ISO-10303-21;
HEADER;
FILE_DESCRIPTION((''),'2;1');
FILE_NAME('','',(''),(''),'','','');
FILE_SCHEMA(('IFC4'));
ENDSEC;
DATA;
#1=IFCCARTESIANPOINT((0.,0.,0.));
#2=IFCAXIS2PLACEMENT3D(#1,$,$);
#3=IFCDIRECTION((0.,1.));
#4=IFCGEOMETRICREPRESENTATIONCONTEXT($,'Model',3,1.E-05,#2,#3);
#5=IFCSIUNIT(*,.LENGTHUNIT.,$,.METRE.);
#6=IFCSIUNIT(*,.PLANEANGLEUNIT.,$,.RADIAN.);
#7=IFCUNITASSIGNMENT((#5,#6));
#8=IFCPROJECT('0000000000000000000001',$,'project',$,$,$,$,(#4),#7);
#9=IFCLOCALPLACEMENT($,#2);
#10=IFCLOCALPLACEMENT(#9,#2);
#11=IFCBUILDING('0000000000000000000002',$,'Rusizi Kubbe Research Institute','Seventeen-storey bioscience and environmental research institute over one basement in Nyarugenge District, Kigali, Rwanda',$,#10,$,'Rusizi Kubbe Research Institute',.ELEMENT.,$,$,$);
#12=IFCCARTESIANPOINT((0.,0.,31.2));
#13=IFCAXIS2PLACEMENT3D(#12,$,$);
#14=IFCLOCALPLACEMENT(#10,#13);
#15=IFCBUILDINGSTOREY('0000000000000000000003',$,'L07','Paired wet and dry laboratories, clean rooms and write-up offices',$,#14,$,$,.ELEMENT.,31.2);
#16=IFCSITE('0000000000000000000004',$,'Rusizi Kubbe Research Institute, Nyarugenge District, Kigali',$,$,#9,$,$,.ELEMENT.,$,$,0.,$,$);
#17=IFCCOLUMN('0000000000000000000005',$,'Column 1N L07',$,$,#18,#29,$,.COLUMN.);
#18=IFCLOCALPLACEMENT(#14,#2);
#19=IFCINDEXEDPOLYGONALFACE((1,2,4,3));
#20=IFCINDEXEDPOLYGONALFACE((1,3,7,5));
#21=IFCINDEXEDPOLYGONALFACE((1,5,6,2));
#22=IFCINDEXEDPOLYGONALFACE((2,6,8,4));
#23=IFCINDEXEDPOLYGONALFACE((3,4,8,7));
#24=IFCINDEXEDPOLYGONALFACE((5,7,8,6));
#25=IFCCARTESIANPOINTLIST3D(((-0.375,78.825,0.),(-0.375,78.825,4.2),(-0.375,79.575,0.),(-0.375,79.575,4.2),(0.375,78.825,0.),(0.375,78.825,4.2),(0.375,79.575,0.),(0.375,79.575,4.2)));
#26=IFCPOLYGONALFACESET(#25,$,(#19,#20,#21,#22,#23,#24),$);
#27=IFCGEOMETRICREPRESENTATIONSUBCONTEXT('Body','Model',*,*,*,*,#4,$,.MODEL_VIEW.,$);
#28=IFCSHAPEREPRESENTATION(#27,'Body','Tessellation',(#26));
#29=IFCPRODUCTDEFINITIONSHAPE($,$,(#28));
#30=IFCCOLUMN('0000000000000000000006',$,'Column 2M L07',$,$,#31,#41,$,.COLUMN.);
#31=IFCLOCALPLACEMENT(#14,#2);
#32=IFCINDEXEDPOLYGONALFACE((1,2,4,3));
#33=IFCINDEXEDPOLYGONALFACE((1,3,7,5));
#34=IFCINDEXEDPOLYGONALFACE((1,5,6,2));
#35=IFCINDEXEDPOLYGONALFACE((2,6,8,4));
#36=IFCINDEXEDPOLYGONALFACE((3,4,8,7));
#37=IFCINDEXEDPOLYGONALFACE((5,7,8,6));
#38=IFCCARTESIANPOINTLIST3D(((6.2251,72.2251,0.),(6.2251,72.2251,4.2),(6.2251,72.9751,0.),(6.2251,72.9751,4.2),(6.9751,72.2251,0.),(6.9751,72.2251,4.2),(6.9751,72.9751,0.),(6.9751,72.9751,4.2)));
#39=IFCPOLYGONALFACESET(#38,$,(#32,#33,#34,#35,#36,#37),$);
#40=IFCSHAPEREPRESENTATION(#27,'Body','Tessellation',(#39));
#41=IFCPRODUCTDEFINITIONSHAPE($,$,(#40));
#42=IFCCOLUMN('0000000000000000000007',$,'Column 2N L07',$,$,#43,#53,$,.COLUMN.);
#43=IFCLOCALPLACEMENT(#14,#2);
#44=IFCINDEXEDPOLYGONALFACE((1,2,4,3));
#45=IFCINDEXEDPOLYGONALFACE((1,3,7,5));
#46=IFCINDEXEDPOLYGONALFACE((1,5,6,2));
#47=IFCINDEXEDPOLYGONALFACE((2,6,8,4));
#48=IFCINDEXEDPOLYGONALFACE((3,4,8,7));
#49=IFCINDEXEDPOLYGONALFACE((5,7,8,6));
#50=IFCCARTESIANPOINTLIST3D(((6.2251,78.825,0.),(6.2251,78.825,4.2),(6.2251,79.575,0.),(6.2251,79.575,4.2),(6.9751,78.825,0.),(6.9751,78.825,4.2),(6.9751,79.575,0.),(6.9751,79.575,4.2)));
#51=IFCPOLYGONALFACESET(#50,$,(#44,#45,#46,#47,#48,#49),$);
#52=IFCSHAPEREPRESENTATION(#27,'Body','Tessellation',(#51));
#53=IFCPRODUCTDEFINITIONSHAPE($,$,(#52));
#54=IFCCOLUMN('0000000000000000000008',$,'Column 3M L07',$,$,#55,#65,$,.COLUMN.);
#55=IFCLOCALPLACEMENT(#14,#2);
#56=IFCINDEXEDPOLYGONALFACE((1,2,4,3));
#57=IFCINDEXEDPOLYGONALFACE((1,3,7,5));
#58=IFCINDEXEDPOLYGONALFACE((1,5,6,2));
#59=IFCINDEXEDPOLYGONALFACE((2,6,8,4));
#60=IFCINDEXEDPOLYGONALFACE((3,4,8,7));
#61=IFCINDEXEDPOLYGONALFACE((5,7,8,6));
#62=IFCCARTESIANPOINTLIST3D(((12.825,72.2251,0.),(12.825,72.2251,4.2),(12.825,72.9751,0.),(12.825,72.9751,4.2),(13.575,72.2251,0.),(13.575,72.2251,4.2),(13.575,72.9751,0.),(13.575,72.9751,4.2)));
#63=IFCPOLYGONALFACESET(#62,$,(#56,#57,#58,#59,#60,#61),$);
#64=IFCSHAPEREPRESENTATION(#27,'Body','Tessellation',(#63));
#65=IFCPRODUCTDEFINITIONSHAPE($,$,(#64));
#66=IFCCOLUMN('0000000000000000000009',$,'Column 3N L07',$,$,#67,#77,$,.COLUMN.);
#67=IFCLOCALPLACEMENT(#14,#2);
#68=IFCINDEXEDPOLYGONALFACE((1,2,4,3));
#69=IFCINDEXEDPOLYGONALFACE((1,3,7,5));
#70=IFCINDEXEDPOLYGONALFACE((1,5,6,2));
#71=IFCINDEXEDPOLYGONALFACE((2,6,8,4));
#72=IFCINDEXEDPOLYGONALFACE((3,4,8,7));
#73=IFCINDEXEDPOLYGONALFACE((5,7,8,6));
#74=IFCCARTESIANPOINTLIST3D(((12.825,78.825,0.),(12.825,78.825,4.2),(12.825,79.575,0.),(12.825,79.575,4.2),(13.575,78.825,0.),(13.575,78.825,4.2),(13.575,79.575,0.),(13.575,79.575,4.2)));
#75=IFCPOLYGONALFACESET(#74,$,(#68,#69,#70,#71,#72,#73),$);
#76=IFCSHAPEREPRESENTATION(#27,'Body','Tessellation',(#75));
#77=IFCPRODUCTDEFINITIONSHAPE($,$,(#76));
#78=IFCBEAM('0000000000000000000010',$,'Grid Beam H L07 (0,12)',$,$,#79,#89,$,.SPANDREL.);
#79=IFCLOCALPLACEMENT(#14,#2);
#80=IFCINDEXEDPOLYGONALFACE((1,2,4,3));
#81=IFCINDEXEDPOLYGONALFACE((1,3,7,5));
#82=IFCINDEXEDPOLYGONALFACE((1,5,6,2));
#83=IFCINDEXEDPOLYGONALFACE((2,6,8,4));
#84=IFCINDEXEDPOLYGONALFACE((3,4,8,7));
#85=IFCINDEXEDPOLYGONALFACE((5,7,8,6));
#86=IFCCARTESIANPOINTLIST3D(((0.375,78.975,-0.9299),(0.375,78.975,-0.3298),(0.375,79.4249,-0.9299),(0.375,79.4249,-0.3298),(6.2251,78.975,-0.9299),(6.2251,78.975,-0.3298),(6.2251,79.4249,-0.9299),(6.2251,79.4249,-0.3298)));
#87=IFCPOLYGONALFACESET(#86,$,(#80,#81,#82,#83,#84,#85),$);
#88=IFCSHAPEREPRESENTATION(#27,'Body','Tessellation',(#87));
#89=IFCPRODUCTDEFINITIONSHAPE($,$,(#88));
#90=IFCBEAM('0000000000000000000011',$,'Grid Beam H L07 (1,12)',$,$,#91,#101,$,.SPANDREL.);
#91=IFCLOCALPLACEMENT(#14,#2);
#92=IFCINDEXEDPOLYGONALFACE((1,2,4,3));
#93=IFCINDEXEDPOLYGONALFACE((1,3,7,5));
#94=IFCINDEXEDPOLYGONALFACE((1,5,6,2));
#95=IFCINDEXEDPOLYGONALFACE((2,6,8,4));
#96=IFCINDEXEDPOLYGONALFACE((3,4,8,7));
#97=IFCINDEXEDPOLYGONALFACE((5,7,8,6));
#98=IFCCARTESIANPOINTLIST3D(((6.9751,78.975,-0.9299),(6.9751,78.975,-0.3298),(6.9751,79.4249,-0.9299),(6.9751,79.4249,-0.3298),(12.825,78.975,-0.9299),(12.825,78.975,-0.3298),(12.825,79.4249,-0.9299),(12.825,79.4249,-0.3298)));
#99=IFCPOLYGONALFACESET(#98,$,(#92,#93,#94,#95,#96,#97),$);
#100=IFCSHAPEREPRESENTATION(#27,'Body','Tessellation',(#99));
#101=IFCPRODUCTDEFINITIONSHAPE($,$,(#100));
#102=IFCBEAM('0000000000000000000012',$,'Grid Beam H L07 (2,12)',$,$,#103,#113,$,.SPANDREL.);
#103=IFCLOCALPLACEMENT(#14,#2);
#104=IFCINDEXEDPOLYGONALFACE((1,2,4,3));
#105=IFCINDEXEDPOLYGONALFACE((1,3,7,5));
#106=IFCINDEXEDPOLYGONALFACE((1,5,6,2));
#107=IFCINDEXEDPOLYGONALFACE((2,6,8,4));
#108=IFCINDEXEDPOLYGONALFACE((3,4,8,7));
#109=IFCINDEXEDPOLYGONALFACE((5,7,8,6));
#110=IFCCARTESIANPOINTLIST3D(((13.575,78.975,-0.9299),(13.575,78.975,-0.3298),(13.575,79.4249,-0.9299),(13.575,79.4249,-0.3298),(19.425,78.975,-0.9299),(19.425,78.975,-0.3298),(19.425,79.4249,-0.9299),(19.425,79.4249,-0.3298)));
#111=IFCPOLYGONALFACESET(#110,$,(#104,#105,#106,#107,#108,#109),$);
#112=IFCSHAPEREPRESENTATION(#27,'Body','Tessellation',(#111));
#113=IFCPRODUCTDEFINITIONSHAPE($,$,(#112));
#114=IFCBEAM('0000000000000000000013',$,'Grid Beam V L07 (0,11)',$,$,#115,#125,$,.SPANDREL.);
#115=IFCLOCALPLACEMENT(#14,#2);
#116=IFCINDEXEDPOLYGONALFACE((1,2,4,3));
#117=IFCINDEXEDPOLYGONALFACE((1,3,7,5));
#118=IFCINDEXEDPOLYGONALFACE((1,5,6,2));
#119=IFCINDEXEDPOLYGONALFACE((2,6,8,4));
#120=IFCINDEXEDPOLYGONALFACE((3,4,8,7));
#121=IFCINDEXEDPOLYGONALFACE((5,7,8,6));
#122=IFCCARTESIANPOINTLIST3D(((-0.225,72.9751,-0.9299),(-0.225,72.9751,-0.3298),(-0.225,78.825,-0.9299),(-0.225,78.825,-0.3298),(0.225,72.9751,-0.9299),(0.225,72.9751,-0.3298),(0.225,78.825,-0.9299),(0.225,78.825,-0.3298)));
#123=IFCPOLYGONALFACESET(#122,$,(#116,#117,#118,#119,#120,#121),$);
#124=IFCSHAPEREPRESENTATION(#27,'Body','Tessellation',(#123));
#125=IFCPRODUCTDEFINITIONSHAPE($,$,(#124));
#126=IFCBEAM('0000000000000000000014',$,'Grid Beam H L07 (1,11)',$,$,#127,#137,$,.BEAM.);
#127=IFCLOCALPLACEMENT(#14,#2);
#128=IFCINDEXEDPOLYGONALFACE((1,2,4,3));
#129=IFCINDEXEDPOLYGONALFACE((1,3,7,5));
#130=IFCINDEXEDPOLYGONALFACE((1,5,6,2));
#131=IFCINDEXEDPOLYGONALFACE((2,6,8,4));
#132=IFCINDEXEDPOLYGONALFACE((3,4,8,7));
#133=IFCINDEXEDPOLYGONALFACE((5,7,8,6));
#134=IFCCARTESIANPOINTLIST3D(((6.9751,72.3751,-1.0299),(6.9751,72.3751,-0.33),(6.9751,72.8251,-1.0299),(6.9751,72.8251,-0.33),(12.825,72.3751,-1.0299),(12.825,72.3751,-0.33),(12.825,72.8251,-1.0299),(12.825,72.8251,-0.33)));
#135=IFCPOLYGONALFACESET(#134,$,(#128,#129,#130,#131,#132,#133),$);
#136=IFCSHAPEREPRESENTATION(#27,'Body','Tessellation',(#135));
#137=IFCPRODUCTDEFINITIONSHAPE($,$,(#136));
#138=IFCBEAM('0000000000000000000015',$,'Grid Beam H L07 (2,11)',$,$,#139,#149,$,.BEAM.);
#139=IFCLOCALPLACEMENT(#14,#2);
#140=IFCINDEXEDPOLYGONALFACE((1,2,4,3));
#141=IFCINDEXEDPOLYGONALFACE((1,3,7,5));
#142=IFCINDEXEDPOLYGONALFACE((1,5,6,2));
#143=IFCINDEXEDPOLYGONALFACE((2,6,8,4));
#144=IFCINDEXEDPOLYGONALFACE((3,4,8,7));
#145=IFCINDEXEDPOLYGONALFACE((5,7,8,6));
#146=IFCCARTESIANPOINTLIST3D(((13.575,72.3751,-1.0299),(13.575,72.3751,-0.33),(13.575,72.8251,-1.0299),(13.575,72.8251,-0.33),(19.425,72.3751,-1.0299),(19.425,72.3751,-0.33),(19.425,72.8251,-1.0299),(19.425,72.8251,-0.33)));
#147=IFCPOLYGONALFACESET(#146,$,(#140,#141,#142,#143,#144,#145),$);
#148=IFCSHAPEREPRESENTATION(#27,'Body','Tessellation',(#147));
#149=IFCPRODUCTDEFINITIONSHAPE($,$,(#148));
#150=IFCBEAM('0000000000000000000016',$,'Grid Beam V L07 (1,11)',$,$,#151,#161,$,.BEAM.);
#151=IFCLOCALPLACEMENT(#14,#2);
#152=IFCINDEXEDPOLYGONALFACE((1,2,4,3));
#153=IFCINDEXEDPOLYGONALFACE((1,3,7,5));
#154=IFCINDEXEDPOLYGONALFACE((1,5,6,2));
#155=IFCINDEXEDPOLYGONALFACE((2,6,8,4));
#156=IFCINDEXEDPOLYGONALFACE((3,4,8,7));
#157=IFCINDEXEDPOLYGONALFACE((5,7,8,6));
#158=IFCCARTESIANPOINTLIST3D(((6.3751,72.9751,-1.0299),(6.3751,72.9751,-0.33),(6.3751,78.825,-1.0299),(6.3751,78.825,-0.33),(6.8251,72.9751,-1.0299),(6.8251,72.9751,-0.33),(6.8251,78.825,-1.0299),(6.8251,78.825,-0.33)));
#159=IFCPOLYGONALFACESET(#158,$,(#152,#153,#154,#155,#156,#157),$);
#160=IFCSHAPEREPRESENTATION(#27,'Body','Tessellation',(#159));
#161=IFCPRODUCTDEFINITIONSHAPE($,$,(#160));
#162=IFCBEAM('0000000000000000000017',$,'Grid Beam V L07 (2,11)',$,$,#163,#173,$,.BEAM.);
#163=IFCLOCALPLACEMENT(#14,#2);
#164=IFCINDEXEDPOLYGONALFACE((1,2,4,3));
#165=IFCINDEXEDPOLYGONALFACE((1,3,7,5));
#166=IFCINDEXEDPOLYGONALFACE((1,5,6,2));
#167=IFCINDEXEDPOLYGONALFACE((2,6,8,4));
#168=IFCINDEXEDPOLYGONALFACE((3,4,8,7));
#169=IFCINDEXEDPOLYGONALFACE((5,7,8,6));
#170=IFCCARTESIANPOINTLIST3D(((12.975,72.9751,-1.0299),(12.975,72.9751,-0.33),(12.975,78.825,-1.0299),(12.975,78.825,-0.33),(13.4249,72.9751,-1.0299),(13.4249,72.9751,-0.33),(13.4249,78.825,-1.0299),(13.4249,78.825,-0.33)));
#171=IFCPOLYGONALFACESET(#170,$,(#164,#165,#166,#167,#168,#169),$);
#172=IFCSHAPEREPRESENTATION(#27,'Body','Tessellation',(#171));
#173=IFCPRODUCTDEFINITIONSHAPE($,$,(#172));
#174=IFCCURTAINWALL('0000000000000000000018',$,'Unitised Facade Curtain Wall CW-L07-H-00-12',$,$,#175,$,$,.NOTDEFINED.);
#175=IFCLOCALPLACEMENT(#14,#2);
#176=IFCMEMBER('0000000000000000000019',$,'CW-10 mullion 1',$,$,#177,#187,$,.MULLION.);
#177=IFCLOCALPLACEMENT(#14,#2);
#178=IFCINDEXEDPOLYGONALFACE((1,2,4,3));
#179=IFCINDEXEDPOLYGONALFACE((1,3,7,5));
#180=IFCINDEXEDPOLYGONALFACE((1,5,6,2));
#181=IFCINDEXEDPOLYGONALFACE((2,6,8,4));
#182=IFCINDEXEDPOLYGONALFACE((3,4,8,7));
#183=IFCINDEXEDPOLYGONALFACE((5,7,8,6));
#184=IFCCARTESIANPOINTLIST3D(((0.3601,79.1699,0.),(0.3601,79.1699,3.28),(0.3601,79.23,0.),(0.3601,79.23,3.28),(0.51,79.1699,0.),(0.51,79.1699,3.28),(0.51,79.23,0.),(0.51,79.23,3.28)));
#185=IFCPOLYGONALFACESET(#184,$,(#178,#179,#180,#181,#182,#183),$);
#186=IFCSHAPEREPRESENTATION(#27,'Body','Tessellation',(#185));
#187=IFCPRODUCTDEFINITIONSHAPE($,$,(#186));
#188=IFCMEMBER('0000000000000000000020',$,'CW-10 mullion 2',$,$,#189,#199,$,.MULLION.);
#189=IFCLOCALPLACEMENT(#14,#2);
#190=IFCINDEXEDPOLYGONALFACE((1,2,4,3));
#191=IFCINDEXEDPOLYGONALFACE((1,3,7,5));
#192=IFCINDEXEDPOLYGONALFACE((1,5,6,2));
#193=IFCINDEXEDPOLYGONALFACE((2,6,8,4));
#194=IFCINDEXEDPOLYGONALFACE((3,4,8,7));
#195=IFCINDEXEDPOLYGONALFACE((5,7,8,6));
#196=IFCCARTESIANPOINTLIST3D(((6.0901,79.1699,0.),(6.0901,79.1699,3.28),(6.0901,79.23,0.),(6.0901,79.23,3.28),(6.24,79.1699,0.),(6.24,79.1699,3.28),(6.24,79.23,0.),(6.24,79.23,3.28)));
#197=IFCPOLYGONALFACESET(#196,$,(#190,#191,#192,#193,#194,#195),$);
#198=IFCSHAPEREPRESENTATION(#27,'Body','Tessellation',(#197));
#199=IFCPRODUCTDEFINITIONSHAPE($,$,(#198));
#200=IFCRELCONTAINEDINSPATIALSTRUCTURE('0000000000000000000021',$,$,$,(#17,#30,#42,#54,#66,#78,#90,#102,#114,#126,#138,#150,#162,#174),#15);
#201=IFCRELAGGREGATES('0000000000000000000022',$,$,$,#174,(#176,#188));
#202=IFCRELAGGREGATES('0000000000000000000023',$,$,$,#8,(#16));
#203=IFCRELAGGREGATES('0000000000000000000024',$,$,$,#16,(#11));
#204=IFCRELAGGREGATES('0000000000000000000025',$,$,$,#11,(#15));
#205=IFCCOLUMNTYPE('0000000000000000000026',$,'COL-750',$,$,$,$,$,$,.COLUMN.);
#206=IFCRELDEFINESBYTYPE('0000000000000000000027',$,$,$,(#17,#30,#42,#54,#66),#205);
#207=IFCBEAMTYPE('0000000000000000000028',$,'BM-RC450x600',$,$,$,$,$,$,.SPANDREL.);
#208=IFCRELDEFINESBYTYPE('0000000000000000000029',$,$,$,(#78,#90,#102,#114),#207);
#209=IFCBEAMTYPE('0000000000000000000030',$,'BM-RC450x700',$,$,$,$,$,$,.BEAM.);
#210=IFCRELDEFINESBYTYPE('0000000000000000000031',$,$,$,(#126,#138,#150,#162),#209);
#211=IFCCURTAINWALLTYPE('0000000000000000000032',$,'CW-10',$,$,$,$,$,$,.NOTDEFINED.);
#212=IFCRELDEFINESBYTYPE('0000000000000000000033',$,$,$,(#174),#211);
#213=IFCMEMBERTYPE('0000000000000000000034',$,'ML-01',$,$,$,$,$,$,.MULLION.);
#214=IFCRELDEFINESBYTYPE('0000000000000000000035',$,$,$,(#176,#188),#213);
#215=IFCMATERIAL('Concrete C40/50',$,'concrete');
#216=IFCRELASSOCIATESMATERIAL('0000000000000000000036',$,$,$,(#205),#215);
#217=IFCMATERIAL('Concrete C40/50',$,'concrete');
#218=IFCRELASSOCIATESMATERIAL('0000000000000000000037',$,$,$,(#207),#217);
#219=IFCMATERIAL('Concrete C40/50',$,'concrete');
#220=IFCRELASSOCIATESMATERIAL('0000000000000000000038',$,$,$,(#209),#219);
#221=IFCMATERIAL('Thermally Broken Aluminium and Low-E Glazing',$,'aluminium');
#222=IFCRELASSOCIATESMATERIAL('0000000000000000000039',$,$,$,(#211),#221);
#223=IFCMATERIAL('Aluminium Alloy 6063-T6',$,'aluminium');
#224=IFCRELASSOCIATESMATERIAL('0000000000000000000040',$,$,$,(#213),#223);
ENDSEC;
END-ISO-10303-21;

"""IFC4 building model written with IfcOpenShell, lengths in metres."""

from ifc_helpers import new_model, si_unit, direction, frame, origin, origin_2d, place, context, subcontext, project, spatial, rectangle, extrude, material, material_profile, profile_set, type_object, element, aggregate, save


model = new_model("IFC4")

# Units and contexts
model_context = context("Model", 3, precision=1e-05, world=origin(), true_north=direction((0.0, 1.0)))
body_context = subcontext(model_context, "Body", "Model", "MODEL_VIEW")
ifc_project = project(units=[si_unit("LENGTHUNIT", "METRE"), si_unit("PLANEANGLEUNIT", "RADIAN")], contexts=[model_context])

# Site, building, storey
site_placement = place(None, origin())
site = spatial("IfcSite", under=ifc_project, at=site_placement, Name="Rusizi Kubbe Research Institute, Nyarugenge District, Kigali", CompositionType="ELEMENT", RefElevation=0.0)
building_placement = place(site_placement, origin())
building = spatial("IfcBuilding", under=site, at=building_placement, Name="Rusizi Kubbe Research Institute", Description="Seventeen-storey bioscience and environmental research institute over one basement in Nyarugenge District, Kigali, Rwanda", LongName="Rusizi Kubbe Research Institute", CompositionType="ELEMENT")
storey_placement = place(building_placement, frame((0.0, 0.0, 31.2)))
storey = spatial("IfcBuildingStorey", under=building, at=storey_placement, Name="L07", Description="Paired wet and dry laboratories, clean rooms and write-up offices", CompositionType="ELEMENT", Elevation=31.2)

# Columns
ifc_material_1 = material(Name="Concrete C40/50", Category="concrete")
ifc_material_profile_1 = material_profile(ifc_material_1, rectangle(XDim=0.75, YDim=0.75, at=origin_2d()), Name="RC750x750")
ifc_profile_set_1 = profile_set([ifc_material_profile_1], Name="Concrete C40/50")
column_type = type_object("IfcColumnType", Name="COL-750", PredefinedType="COLUMN", material=ifc_profile_set_1)
for number, where, z_axis, x_axis, name in (
    (1, (0.0, 79.2, 0.0), (0.0, 0.0, 1.0), (1.0, 0.0, 0.0), "Column 1N L07"),
    (2, (6.6001, 72.6001, 0.0), (0.0, 0.0, 1.0), (1.0, 0.0, 0.0), "Column 2M L07"),
    (3, (6.6001, 79.2, 0.0), (0.0, 0.0, 1.0), (1.0, 0.0, 0.0), "Column 2N L07"),
    (4, (13.2, 72.6001, 0.0), (0.0, 0.0, 1.0), (1.0, 0.0, 0.0), "Column 3M L07"),
    (5, (13.2, 79.2, 0.0), (0.0, 0.0, 1.0), (1.0, 0.0, 0.0), "Column 3N L07"),
):
    element("IfcColumn", number, at=place(storey_placement, frame(where, z_axis=z_axis, x_axis=x_axis)), inside=storey, type_object=column_type, Name=name, PredefinedType="COLUMN", context=body_context, shape_type="SweptSolid", body=[
        extrude(rectangle(XDim=0.75, YDim=0.75, at=origin_2d()), origin(), (0.0, 0.0, 1.0), 4.2),
    ])

# Beams
ifc_material_2 = material(Name="Concrete C40/50", Category="concrete")
ifc_material_profile_2 = material_profile(ifc_material_2, rectangle(XDim=0.45, YDim=0.6001, at=origin_2d()), Name="RC450x600")
ifc_profile_set_2 = profile_set([ifc_material_profile_2], Name="Concrete C40/50")
beam_type_1 = type_object("IfcBeamType", Name="BM-RC450x600", PredefinedType="SPANDREL", material=ifc_profile_set_2)
beam_1_placement = place(storey_placement, frame((0.375, 79.2, -0.6299), z_axis=(1.0, 0.0, 0.0), x_axis=(0.0, 1.0, 0.0)))
element("IfcBeam", 6, at=beam_1_placement, inside=storey, type_object=beam_type_1, Name="Grid Beam H L07 (0,12)", PredefinedType="SPANDREL", context=body_context, shape_type="SweptSolid", body=[
    extrude(rectangle(XDim=0.45, YDim=0.6001, at=origin_2d()), origin(), (0.0, 0.0, 1.0), 5.8501),
])
beam_2_placement = place(storey_placement, frame((6.9751, 79.2, -0.6299), z_axis=(1.0, 0.0, 0.0), x_axis=(0.0, 1.0, 0.0)))
element("IfcBeam", 7, at=beam_2_placement, inside=storey, type_object=beam_type_1, Name="Grid Beam H L07 (1,12)", PredefinedType="SPANDREL", context=body_context, shape_type="SweptSolid", body=[
    extrude(rectangle(XDim=0.45, YDim=0.6001, at=origin_2d()), origin(), (0.0, 0.0, 1.0), 5.8499),
])
beam_3_placement = place(storey_placement, frame((13.575, 79.2, -0.6299), z_axis=(1.0, 0.0, 0.0), x_axis=(0.0, 1.0, 0.0)))
element("IfcBeam", 8, at=beam_3_placement, inside=storey, type_object=beam_type_1, Name="Grid Beam H L07 (2,12)", PredefinedType="SPANDREL", context=body_context, shape_type="SweptSolid", body=[
    extrude(rectangle(XDim=0.45, YDim=0.6001, at=origin_2d()), origin(), (0.0, 0.0, 1.0), 5.8501),
])
beam_4_placement = place(storey_placement, frame((0.0, 72.9751, -0.6299), z_axis=(0.0, 1.0, 0.0), x_axis=(-1.0, 0.0, 0.0)))
element("IfcBeam", 9, at=beam_4_placement, inside=storey, type_object=beam_type_1, Name="Grid Beam V L07 (0,11)", PredefinedType="SPANDREL", context=body_context, shape_type="SweptSolid", body=[
    extrude(rectangle(XDim=0.45, YDim=0.6001, at=origin_2d()), origin(), (0.0, 0.0, 1.0), 5.8499),
])
ifc_material_3 = material(Name="Concrete C40/50", Category="concrete")
ifc_material_profile_3 = material_profile(ifc_material_3, rectangle(XDim=0.45, YDim=0.7, at=origin_2d()), Name="RC450x700B")
ifc_profile_set_3 = profile_set([ifc_material_profile_3], Name="Concrete C40/50")
beam_type_2 = type_object("IfcBeamType", Name="BM-RC450x700", PredefinedType="BEAM", material=ifc_profile_set_3)
beam_5_placement = place(storey_placement, frame((6.9751, 72.6001, -0.6799), z_axis=(1.0, 0.0, 0.0), x_axis=(0.0, 1.0, 0.0)))
element("IfcBeam", 10, at=beam_5_placement, inside=storey, type_object=beam_type_2, Name="Grid Beam H L07 (1,11)", PredefinedType="BEAM", context=body_context, shape_type="SweptSolid", body=[
    extrude(rectangle(XDim=0.45, YDim=0.7, at=origin_2d()), origin(), (0.0, 0.0, 1.0), 5.8499),
])
beam_6_placement = place(storey_placement, frame((13.575, 72.6001, -0.6799), z_axis=(1.0, 0.0, 0.0), x_axis=(0.0, 1.0, 0.0)))
element("IfcBeam", 11, at=beam_6_placement, inside=storey, type_object=beam_type_2, Name="Grid Beam H L07 (2,11)", PredefinedType="BEAM", context=body_context, shape_type="SweptSolid", body=[
    extrude(rectangle(XDim=0.45, YDim=0.7, at=origin_2d()), origin(), (0.0, 0.0, 1.0), 5.8501),
])
for number, where, z_axis, x_axis, name in (
    (12, (6.6001, 72.9751, -0.6799), (0.0, 1.0, 0.0), (-1.0, 0.0, 0.0), "Grid Beam V L07 (1,11)"),
    (13, (13.2, 72.9751, -0.6799), (0.0, 1.0, 0.0), (-1.0, 0.0, 0.0), "Grid Beam V L07 (2,11)"),
):
    element("IfcBeam", number, at=place(storey_placement, frame(where, z_axis=z_axis, x_axis=x_axis)), inside=storey, type_object=beam_type_2, Name=name, PredefinedType="BEAM", context=body_context, shape_type="SweptSolid", body=[
        extrude(rectangle(XDim=0.45, YDim=0.7, at=origin_2d()), origin(), (0.0, 0.0, 1.0), 5.8499),
    ])

# Curtain wall, members
ifc_material_4 = material(Name="Thermally Broken Aluminium and Low-E Glazing", Category="aluminium")
curtain_wall_type = type_object("IfcCurtainWallType", Name="CW-10", PredefinedType="NOTDEFINED", material=ifc_material_4)
curtain_wall_1_placement = place(storey_placement, origin())
curtain_wall_1 = element("IfcCurtainWall", 14, at=curtain_wall_1_placement, inside=storey, type_object=curtain_wall_type, Name="Unitised Facade Curtain Wall CW-L07-H-00-12", PredefinedType="NOTDEFINED")
ifc_material_5 = material(Name="Aluminium Alloy 6063-T6", Category="aluminium")
ifc_material_profile_4 = material_profile(ifc_material_5, rectangle(XDim=0.0601, YDim=0.1499, at=origin_2d()), Name="ALU-M 60x150")
ifc_profile_set_4 = profile_set([ifc_material_profile_4], Name="Aluminium Alloy 6063-T6")
member_type_1 = type_object("IfcMemberType", Name="ML-01", PredefinedType="MULLION", material=ifc_profile_set_4)
member_1_placement = place(storey_placement, frame((0.4351, 79.2, 0.0), z_axis=(0.0, 0.0, 1.0), x_axis=(0.0, 1.0, 0.0)))
member_1 = element("IfcMember", 15, at=member_1_placement, type_object=member_type_1, Name="CW-10 mullion 1", PredefinedType="MULLION", context=body_context, shape_type="SweptSolid", body=[
    extrude(rectangle(XDim=0.0601, YDim=0.1499, at=origin_2d()), origin(), (0.0, 0.0, 1.0), 3.28),
])
member_2_placement = place(storey_placement, frame((6.165, 79.2, 0.0), z_axis=(0.0, 0.0, 1.0), x_axis=(0.0, 1.0, 0.0)))
member_2 = element("IfcMember", 16, at=member_2_placement, type_object=member_type_1, Name="CW-10 mullion 2", PredefinedType="MULLION", context=body_context, shape_type="SweptSolid", body=[
    extrude(rectangle(XDim=0.0601, YDim=0.1499, at=origin_2d()), origin(), (0.0, 0.0, 1.0), 3.28),
])

aggregate(curtain_wall_1, [member_1, member_2])

save(model, "model.ifc")
